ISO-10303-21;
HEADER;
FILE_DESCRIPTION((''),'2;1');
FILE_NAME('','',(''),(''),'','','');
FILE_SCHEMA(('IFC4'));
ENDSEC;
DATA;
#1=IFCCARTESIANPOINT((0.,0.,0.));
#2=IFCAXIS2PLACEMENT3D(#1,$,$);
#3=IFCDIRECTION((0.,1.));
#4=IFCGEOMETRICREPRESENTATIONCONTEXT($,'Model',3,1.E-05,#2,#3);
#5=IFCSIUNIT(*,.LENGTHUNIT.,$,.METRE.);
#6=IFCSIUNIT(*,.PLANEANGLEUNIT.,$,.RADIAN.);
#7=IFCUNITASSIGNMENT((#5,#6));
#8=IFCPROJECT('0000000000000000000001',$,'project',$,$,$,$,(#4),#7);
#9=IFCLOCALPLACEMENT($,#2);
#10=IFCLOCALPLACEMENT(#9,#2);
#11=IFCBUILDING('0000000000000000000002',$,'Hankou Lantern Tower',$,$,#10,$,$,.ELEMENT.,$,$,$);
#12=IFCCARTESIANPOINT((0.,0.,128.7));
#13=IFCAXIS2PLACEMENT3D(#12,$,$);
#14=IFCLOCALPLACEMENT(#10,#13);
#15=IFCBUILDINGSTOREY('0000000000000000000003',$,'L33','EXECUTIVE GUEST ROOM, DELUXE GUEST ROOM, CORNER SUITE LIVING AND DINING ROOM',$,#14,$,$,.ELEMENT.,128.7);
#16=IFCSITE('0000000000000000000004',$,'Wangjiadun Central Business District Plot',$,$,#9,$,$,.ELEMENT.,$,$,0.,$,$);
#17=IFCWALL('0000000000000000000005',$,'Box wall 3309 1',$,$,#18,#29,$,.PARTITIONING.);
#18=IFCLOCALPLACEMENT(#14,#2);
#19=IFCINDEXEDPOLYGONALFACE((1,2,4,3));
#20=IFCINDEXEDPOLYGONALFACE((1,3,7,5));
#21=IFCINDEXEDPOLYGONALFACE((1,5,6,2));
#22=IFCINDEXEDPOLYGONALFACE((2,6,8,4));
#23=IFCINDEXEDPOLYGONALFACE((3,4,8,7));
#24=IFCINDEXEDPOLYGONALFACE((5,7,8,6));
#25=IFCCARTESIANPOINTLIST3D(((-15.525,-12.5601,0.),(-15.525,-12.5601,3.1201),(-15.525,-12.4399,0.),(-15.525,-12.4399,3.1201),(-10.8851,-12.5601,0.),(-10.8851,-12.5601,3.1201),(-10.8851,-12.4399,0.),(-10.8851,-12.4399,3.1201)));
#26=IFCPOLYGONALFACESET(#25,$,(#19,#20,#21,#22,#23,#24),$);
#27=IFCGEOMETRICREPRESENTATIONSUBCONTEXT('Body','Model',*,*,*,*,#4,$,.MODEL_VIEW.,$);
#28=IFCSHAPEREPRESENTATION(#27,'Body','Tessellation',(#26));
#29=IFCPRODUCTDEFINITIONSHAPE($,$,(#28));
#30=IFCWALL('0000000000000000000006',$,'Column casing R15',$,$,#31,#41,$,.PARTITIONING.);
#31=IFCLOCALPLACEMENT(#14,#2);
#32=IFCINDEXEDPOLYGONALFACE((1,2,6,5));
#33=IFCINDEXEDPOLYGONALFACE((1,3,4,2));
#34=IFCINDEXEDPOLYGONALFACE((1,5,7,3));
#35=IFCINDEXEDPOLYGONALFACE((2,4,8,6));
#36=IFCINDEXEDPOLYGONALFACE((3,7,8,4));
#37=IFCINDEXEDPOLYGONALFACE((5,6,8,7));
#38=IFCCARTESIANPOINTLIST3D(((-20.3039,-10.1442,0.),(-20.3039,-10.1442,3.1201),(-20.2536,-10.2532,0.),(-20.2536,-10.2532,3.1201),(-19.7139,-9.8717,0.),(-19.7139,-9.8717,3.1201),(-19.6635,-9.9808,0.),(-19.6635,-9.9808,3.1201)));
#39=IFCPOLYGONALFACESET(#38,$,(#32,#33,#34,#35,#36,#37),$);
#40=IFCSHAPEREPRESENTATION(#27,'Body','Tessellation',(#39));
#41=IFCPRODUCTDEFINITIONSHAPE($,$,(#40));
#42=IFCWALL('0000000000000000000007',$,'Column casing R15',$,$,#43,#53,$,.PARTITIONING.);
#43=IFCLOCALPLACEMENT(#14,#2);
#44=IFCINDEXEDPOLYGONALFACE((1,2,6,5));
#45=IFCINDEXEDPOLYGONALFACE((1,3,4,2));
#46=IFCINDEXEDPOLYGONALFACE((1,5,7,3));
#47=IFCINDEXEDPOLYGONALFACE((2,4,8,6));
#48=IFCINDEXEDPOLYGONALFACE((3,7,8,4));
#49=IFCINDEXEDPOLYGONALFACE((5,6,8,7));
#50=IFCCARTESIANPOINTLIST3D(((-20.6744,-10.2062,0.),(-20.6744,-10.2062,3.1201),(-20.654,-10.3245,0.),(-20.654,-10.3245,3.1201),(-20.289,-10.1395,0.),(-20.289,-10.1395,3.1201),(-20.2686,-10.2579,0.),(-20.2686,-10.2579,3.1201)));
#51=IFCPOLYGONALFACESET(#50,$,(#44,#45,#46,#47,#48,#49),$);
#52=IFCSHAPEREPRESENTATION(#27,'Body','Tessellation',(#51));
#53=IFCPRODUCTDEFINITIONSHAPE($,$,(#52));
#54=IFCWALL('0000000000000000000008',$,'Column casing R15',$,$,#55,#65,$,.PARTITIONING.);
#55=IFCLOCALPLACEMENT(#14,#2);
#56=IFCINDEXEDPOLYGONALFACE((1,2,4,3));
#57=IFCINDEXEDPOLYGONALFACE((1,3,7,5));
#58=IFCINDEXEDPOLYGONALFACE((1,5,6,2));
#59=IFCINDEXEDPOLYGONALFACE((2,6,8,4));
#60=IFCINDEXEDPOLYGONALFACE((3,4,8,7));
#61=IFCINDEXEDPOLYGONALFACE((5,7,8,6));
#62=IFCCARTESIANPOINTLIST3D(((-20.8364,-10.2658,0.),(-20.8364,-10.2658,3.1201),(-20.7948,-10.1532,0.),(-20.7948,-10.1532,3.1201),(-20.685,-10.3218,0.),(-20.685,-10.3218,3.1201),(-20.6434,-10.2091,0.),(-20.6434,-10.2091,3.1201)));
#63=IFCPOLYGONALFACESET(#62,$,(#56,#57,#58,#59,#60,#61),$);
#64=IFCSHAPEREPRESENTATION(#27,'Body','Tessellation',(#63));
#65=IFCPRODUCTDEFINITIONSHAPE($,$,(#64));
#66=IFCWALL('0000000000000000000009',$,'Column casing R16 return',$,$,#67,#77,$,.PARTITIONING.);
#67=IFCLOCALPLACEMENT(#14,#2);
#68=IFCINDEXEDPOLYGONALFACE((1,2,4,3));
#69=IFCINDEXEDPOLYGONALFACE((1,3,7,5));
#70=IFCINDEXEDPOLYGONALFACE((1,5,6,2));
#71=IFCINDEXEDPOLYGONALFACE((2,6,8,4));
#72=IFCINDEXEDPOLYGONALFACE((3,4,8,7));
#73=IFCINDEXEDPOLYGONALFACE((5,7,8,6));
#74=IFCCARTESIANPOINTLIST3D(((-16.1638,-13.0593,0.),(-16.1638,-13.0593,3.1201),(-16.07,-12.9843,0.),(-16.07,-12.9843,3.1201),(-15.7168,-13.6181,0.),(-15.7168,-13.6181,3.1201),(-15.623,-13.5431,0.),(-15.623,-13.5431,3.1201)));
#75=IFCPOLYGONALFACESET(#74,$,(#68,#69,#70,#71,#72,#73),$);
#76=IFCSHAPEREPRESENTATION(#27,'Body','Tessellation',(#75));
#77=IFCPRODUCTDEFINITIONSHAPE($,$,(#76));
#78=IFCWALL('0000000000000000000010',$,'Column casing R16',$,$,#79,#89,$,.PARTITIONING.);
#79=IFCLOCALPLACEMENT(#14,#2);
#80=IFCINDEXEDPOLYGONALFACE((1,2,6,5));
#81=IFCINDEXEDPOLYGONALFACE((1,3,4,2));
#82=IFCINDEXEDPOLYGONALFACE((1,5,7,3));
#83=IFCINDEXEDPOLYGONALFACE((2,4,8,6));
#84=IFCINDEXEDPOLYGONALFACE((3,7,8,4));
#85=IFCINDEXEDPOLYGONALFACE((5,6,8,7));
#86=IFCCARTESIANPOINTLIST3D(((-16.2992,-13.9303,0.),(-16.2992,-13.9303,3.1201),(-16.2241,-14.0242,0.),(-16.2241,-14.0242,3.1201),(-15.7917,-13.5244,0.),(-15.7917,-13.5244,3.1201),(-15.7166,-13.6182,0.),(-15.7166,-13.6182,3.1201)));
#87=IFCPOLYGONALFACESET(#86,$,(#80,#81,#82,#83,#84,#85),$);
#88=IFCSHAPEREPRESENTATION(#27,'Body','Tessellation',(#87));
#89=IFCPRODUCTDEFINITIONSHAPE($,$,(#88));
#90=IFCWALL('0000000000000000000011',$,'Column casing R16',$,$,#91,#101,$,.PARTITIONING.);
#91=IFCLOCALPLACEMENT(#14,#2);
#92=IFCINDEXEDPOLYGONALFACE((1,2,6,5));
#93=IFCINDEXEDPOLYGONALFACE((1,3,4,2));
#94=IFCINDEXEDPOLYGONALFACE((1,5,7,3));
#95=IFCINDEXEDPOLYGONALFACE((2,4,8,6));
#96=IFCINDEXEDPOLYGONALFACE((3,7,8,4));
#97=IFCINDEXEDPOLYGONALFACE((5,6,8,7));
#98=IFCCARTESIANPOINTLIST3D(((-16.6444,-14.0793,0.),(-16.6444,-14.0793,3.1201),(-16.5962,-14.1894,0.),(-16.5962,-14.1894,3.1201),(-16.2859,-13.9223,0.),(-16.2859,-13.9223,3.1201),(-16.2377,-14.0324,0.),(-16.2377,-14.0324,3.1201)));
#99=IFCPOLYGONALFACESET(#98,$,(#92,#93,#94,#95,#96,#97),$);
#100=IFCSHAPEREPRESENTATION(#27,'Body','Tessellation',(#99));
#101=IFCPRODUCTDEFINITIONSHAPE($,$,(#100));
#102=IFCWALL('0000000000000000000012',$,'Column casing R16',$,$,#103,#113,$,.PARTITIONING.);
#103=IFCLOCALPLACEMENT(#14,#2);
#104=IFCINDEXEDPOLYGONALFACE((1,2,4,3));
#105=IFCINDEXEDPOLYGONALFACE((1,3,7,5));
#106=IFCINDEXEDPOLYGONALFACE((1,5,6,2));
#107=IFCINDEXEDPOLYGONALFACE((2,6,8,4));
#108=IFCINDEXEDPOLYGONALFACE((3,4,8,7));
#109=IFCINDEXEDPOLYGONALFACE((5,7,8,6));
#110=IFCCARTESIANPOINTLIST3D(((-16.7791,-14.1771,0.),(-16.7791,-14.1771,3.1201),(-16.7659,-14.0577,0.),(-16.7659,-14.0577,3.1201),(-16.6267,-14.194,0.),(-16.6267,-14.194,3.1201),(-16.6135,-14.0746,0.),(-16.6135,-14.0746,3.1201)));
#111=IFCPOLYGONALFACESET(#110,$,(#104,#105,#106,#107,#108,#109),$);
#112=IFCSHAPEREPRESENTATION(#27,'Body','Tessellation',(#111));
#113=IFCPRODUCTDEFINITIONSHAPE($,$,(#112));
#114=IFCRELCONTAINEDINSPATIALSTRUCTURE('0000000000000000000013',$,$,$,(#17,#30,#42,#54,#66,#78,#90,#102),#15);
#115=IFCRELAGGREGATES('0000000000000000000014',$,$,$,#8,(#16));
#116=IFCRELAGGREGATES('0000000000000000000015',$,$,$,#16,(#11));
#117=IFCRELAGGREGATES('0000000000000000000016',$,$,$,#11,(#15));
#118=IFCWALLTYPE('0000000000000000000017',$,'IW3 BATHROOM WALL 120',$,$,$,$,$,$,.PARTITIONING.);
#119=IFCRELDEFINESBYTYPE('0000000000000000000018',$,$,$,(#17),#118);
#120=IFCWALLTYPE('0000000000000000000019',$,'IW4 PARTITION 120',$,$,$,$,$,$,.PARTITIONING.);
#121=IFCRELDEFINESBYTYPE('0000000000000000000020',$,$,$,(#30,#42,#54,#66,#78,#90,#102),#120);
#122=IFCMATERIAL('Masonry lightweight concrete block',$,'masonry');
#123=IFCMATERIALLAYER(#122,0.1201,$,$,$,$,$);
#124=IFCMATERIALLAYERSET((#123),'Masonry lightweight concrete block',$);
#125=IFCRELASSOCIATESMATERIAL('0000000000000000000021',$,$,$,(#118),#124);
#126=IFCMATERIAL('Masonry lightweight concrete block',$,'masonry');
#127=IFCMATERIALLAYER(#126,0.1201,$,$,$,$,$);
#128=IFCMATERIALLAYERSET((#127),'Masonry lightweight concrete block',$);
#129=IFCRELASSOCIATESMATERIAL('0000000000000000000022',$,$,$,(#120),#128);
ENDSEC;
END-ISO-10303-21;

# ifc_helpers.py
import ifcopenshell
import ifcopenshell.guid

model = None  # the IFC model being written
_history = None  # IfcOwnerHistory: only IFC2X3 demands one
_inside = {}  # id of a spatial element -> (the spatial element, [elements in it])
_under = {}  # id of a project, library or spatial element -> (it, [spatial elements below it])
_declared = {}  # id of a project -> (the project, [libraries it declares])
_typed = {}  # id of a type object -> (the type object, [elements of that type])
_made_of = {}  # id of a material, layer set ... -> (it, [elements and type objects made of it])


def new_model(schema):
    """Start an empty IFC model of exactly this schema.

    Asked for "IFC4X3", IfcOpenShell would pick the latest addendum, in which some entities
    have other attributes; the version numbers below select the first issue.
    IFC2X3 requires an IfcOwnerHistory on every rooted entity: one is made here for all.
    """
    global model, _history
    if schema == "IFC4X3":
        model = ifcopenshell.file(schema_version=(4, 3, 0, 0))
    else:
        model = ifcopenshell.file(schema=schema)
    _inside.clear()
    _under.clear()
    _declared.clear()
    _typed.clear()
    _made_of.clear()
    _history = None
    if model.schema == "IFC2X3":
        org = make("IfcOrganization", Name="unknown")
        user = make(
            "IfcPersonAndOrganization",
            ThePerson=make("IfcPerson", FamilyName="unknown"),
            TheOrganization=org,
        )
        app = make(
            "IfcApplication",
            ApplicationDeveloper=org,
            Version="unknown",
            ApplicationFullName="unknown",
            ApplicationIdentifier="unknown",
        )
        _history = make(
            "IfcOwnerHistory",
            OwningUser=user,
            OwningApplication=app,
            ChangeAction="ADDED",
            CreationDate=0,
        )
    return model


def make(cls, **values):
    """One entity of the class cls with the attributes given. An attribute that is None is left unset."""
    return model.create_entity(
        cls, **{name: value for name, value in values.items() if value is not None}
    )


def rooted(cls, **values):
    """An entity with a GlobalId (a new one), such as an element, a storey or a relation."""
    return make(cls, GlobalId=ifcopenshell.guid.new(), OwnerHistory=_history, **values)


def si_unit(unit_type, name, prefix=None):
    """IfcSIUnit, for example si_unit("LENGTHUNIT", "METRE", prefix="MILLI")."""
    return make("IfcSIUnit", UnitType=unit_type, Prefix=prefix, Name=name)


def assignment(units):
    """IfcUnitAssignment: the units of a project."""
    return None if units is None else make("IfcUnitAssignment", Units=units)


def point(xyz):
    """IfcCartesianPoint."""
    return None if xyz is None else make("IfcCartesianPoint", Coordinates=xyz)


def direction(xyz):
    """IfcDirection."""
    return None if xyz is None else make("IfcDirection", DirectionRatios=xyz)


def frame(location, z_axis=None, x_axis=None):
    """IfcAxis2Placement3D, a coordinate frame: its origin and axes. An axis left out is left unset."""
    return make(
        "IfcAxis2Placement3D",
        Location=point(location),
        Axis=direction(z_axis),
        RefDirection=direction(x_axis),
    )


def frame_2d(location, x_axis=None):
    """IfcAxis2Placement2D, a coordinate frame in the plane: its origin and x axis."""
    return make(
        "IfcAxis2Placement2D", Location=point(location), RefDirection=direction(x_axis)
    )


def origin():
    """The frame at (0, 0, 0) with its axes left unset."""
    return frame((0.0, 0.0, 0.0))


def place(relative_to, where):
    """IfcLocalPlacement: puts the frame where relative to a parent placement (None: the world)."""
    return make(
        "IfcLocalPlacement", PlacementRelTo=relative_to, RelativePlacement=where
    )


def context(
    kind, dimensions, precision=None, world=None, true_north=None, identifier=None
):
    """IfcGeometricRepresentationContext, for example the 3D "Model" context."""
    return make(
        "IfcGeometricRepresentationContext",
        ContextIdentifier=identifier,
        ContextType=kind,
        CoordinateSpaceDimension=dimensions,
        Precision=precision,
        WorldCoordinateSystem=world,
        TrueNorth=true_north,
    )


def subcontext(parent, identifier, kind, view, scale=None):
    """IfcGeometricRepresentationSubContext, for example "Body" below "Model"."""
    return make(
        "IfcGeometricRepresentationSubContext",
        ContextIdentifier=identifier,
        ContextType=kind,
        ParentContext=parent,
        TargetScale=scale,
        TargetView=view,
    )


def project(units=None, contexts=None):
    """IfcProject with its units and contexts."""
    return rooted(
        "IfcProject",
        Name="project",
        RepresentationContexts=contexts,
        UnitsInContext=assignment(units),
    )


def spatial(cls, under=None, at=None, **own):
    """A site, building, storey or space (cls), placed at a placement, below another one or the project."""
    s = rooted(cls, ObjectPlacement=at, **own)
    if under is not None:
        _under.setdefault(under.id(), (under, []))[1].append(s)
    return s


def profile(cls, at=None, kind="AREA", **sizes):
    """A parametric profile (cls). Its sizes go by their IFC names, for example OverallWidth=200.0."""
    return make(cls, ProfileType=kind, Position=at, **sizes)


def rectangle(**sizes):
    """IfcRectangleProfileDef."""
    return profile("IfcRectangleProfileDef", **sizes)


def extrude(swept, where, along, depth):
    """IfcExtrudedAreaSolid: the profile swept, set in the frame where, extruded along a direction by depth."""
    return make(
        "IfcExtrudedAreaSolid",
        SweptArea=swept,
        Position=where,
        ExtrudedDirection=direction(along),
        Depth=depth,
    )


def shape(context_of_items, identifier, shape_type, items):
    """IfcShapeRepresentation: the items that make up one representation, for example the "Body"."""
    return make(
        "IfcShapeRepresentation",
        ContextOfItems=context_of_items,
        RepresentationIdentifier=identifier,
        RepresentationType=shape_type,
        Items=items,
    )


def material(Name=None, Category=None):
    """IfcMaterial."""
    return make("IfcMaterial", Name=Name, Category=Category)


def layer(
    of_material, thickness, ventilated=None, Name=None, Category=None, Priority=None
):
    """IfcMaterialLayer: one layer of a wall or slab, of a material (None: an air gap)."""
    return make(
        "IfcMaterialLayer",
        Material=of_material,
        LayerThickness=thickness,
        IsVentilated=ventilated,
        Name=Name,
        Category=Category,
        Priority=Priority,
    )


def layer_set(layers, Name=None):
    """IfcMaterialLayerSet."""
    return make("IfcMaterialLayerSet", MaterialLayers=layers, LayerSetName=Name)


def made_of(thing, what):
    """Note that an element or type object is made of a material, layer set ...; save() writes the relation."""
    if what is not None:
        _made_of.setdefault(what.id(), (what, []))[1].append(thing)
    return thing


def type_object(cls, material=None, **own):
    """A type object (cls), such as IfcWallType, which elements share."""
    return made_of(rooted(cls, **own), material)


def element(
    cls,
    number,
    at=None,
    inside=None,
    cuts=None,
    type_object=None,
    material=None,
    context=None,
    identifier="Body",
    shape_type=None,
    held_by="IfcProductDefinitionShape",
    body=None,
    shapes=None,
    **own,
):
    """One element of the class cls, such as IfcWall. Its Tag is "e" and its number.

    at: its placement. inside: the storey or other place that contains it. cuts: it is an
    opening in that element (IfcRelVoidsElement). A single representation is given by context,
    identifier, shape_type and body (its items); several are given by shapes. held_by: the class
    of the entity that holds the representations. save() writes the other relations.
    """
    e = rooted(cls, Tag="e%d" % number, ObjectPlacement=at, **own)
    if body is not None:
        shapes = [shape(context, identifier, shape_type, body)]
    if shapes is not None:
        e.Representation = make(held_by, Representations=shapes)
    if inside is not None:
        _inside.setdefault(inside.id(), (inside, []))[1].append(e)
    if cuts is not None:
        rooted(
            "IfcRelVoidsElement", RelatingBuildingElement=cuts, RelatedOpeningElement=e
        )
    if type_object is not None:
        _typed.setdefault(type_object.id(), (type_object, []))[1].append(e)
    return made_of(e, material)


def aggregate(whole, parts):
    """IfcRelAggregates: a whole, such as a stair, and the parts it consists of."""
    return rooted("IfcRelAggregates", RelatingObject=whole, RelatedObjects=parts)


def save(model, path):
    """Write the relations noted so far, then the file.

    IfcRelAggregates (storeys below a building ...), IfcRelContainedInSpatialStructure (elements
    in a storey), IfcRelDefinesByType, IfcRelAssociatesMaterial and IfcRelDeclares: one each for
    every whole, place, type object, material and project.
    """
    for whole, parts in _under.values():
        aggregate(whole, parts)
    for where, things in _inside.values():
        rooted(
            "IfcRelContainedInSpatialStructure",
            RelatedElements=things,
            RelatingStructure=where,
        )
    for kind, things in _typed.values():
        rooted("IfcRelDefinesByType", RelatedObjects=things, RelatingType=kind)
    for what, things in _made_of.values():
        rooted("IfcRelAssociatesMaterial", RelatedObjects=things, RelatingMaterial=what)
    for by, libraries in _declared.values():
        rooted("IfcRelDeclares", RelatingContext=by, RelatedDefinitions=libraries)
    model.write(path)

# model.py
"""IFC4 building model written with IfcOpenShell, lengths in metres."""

from ifc_helpers import new_model, si_unit, direction, frame, frame_2d, origin, place, context, subcontext, project, spatial, rectangle, extrude, material, layer, layer_set, type_object, element, save


model = new_model("IFC4")

# Units and contexts
model_context = context("Model", 3, precision=1e-05, world=origin(), true_north=direction((0.0, 1.0)))
body_context = subcontext(model_context, "Body", "Model", "MODEL_VIEW")
ifc_project = project(units=[si_unit("LENGTHUNIT", "METRE"), si_unit("PLANEANGLEUNIT", "RADIAN")], contexts=[model_context])

# Site, building, storey
site_placement = place(None, origin())
site = spatial("IfcSite", under=ifc_project, at=site_placement, Name="Wangjiadun Central Business District Plot", CompositionType="ELEMENT", RefElevation=0.0)
building_placement = place(site_placement, origin())
building = spatial("IfcBuilding", under=site, at=building_placement, Name="Hankou Lantern Tower", CompositionType="ELEMENT")
storey_placement = place(building_placement, frame((0.0, 0.0, 128.7)))
storey = spatial("IfcBuildingStorey", under=building, at=storey_placement, Name="L33", Description="EXECUTIVE GUEST ROOM, DELUXE GUEST ROOM, CORNER SUITE LIVING AND DINING ROOM", CompositionType="ELEMENT", Elevation=128.7)

# Walls
ifc_material_1 = material(Name="Masonry lightweight concrete block", Category="masonry")
ifc_layer_1 = layer(ifc_material_1, 0.1201)
ifc_layer_set_1 = layer_set([ifc_layer_1], Name="Masonry lightweight concrete block")
wall_type_1 = type_object("IfcWallType", Name="IW3 BATHROOM WALL 120", PredefinedType="PARTITIONING", material=ifc_layer_set_1)
wall_1_placement = place(storey_placement, frame((-15.5249, -12.5, 0.0), z_axis=(0.0, 0.0, 1.0), x_axis=(1.0, 0.0, 0.0)))
element("IfcWall", 1, at=wall_1_placement, inside=storey, type_object=wall_type_1, Name="Box wall 3309 1", PredefinedType="PARTITIONING", context=body_context, shape_type="SweptSolid", body=[
    extrude(rectangle(XDim=4.6399, YDim=0.1201, at=frame_2d((2.3198, 0.0))), origin(), (0.0, 0.0, 1.0), 3.1201),
])
ifc_material_2 = material(Name="Masonry lightweight concrete block", Category="masonry")
ifc_layer_2 = layer(ifc_material_2, 0.1201)
ifc_layer_set_2 = layer_set([ifc_layer_2], Name="Masonry lightweight concrete block")
wall_type_2 = type_object("IfcWallType", Name="IW4 PARTITION 120", PredefinedType="PARTITIONING", material=ifc_layer_set_2)
wall_2_placement = place(storey_placement, frame((-19.6887, -9.9263, 0.0), z_axis=(0.0, 0.0, 1.0), x_axis=(-0.907893, -0.419201, 0.0)))
element("IfcWall", 2, at=wall_2_placement, inside=storey, type_object=wall_type_2, Name="Column casing R15", PredefinedType="PARTITIONING", context=body_context, shape_type="SweptSolid", body=[
    extrude(rectangle(XDim=0.6499, YDim=0.1201, at=frame_2d((0.325, 0.0))), origin(), (0.0, 0.0, 1.0), 3.1201),
])
wall_3_placement = place(storey_placement, frame((-20.2788, -10.1987, 0.0), z_axis=(0.0, 0.0, 1.0), x_axis=(-0.985381, -0.170367, 0.0)))
element("IfcWall", 3, at=wall_3_placement, inside=storey, type_object=wall_type_2, Name="Column casing R15", PredefinedType="PARTITIONING", context=body_context, shape_type="SweptSolid", body=[
    extrude(rectangle(XDim=0.3911, YDim=0.1201, at=frame_2d((0.1956, 0.0))), origin(), (0.0, 0.0, 1.0), 3.1201),
])
wall_4_placement = place(storey_placement, frame((-20.6643, -10.2654, 0.0), z_axis=(0.0, 0.0, 1.0), x_axis=(-0.938059, 0.346477, 0.0)))
element("IfcWall", 4, at=wall_4_placement, inside=storey, type_object=wall_type_2, Name="Column casing R15", PredefinedType="PARTITIONING", context=body_context, shape_type="SweptSolid", body=[
    extrude(rectangle(XDim=0.1614, YDim=0.1201, at=frame_2d((0.0806, 0.0))), origin(), (0.0, 0.0, 1.0), 3.1201),
])
wall_5_placement = place(storey_placement, frame((-16.1169, -13.0217, 0.0), z_axis=(0.0, 0.0, 1.0), x_axis=(0.624653, -0.780902, 0.0)))
element("IfcWall", 5, at=wall_5_placement, inside=storey, type_object=wall_type_2, Name="Column casing R16 return", PredefinedType="PARTITIONING", context=body_context, shape_type="SweptSolid", body=[
    extrude(rectangle(XDim=0.7156, YDim=0.1201, at=frame_2d((0.3579, 0.0))), origin(), (0.0, 0.0, 1.0), 3.1201),
])
wall_6_placement = place(storey_placement, frame((-15.7542, -13.5713, 0.0), z_axis=(0.0, 0.0, 1.0), x_axis=(-0.780905, -0.624649, 0.0)))
element("IfcWall", 6, at=wall_6_placement, inside=storey, type_object=wall_type_2, Name="Column casing R16", PredefinedType="PARTITIONING", context=body_context, shape_type="SweptSolid", body=[
    extrude(rectangle(XDim=0.6499, YDim=0.1201, at=frame_2d((0.325, 0.0))), origin(), (0.0, 0.0, 1.0), 3.1201),
])
wall_7_placement = place(storey_placement, frame((-16.2617, -13.9773, 0.0), z_axis=(0.0, 0.0, 1.0), x_axis=(-0.915985, -0.401212, 0.0)))
element("IfcWall", 7, at=wall_7_placement, inside=storey, type_object=wall_type_2, Name="Column casing R16", PredefinedType="PARTITIONING", context=body_context, shape_type="SweptSolid", body=[
    extrude(rectangle(XDim=0.3914, YDim=0.1201, at=frame_2d((0.1958, 0.0))), origin(), (0.0, 0.0, 1.0), 3.1201),
])
wall_8_placement = place(storey_placement, frame((-16.6201, -14.1343, 0.0), z_axis=(0.0, 0.0, 1.0), x_axis=(-0.993942, 0.109907, 0.0)))
element("IfcWall", 8, at=wall_8_placement, inside=storey, type_object=wall_type_2, Name="Column casing R16", PredefinedType="PARTITIONING", context=body_context, shape_type="SweptSolid", body=[
    extrude(rectangle(XDim=0.1533, YDim=0.1201, at=frame_2d((0.0767, 0.0))), origin(), (0.0, 0.0, 1.0), 3.1201),
])

save(model, "model.ifc")
